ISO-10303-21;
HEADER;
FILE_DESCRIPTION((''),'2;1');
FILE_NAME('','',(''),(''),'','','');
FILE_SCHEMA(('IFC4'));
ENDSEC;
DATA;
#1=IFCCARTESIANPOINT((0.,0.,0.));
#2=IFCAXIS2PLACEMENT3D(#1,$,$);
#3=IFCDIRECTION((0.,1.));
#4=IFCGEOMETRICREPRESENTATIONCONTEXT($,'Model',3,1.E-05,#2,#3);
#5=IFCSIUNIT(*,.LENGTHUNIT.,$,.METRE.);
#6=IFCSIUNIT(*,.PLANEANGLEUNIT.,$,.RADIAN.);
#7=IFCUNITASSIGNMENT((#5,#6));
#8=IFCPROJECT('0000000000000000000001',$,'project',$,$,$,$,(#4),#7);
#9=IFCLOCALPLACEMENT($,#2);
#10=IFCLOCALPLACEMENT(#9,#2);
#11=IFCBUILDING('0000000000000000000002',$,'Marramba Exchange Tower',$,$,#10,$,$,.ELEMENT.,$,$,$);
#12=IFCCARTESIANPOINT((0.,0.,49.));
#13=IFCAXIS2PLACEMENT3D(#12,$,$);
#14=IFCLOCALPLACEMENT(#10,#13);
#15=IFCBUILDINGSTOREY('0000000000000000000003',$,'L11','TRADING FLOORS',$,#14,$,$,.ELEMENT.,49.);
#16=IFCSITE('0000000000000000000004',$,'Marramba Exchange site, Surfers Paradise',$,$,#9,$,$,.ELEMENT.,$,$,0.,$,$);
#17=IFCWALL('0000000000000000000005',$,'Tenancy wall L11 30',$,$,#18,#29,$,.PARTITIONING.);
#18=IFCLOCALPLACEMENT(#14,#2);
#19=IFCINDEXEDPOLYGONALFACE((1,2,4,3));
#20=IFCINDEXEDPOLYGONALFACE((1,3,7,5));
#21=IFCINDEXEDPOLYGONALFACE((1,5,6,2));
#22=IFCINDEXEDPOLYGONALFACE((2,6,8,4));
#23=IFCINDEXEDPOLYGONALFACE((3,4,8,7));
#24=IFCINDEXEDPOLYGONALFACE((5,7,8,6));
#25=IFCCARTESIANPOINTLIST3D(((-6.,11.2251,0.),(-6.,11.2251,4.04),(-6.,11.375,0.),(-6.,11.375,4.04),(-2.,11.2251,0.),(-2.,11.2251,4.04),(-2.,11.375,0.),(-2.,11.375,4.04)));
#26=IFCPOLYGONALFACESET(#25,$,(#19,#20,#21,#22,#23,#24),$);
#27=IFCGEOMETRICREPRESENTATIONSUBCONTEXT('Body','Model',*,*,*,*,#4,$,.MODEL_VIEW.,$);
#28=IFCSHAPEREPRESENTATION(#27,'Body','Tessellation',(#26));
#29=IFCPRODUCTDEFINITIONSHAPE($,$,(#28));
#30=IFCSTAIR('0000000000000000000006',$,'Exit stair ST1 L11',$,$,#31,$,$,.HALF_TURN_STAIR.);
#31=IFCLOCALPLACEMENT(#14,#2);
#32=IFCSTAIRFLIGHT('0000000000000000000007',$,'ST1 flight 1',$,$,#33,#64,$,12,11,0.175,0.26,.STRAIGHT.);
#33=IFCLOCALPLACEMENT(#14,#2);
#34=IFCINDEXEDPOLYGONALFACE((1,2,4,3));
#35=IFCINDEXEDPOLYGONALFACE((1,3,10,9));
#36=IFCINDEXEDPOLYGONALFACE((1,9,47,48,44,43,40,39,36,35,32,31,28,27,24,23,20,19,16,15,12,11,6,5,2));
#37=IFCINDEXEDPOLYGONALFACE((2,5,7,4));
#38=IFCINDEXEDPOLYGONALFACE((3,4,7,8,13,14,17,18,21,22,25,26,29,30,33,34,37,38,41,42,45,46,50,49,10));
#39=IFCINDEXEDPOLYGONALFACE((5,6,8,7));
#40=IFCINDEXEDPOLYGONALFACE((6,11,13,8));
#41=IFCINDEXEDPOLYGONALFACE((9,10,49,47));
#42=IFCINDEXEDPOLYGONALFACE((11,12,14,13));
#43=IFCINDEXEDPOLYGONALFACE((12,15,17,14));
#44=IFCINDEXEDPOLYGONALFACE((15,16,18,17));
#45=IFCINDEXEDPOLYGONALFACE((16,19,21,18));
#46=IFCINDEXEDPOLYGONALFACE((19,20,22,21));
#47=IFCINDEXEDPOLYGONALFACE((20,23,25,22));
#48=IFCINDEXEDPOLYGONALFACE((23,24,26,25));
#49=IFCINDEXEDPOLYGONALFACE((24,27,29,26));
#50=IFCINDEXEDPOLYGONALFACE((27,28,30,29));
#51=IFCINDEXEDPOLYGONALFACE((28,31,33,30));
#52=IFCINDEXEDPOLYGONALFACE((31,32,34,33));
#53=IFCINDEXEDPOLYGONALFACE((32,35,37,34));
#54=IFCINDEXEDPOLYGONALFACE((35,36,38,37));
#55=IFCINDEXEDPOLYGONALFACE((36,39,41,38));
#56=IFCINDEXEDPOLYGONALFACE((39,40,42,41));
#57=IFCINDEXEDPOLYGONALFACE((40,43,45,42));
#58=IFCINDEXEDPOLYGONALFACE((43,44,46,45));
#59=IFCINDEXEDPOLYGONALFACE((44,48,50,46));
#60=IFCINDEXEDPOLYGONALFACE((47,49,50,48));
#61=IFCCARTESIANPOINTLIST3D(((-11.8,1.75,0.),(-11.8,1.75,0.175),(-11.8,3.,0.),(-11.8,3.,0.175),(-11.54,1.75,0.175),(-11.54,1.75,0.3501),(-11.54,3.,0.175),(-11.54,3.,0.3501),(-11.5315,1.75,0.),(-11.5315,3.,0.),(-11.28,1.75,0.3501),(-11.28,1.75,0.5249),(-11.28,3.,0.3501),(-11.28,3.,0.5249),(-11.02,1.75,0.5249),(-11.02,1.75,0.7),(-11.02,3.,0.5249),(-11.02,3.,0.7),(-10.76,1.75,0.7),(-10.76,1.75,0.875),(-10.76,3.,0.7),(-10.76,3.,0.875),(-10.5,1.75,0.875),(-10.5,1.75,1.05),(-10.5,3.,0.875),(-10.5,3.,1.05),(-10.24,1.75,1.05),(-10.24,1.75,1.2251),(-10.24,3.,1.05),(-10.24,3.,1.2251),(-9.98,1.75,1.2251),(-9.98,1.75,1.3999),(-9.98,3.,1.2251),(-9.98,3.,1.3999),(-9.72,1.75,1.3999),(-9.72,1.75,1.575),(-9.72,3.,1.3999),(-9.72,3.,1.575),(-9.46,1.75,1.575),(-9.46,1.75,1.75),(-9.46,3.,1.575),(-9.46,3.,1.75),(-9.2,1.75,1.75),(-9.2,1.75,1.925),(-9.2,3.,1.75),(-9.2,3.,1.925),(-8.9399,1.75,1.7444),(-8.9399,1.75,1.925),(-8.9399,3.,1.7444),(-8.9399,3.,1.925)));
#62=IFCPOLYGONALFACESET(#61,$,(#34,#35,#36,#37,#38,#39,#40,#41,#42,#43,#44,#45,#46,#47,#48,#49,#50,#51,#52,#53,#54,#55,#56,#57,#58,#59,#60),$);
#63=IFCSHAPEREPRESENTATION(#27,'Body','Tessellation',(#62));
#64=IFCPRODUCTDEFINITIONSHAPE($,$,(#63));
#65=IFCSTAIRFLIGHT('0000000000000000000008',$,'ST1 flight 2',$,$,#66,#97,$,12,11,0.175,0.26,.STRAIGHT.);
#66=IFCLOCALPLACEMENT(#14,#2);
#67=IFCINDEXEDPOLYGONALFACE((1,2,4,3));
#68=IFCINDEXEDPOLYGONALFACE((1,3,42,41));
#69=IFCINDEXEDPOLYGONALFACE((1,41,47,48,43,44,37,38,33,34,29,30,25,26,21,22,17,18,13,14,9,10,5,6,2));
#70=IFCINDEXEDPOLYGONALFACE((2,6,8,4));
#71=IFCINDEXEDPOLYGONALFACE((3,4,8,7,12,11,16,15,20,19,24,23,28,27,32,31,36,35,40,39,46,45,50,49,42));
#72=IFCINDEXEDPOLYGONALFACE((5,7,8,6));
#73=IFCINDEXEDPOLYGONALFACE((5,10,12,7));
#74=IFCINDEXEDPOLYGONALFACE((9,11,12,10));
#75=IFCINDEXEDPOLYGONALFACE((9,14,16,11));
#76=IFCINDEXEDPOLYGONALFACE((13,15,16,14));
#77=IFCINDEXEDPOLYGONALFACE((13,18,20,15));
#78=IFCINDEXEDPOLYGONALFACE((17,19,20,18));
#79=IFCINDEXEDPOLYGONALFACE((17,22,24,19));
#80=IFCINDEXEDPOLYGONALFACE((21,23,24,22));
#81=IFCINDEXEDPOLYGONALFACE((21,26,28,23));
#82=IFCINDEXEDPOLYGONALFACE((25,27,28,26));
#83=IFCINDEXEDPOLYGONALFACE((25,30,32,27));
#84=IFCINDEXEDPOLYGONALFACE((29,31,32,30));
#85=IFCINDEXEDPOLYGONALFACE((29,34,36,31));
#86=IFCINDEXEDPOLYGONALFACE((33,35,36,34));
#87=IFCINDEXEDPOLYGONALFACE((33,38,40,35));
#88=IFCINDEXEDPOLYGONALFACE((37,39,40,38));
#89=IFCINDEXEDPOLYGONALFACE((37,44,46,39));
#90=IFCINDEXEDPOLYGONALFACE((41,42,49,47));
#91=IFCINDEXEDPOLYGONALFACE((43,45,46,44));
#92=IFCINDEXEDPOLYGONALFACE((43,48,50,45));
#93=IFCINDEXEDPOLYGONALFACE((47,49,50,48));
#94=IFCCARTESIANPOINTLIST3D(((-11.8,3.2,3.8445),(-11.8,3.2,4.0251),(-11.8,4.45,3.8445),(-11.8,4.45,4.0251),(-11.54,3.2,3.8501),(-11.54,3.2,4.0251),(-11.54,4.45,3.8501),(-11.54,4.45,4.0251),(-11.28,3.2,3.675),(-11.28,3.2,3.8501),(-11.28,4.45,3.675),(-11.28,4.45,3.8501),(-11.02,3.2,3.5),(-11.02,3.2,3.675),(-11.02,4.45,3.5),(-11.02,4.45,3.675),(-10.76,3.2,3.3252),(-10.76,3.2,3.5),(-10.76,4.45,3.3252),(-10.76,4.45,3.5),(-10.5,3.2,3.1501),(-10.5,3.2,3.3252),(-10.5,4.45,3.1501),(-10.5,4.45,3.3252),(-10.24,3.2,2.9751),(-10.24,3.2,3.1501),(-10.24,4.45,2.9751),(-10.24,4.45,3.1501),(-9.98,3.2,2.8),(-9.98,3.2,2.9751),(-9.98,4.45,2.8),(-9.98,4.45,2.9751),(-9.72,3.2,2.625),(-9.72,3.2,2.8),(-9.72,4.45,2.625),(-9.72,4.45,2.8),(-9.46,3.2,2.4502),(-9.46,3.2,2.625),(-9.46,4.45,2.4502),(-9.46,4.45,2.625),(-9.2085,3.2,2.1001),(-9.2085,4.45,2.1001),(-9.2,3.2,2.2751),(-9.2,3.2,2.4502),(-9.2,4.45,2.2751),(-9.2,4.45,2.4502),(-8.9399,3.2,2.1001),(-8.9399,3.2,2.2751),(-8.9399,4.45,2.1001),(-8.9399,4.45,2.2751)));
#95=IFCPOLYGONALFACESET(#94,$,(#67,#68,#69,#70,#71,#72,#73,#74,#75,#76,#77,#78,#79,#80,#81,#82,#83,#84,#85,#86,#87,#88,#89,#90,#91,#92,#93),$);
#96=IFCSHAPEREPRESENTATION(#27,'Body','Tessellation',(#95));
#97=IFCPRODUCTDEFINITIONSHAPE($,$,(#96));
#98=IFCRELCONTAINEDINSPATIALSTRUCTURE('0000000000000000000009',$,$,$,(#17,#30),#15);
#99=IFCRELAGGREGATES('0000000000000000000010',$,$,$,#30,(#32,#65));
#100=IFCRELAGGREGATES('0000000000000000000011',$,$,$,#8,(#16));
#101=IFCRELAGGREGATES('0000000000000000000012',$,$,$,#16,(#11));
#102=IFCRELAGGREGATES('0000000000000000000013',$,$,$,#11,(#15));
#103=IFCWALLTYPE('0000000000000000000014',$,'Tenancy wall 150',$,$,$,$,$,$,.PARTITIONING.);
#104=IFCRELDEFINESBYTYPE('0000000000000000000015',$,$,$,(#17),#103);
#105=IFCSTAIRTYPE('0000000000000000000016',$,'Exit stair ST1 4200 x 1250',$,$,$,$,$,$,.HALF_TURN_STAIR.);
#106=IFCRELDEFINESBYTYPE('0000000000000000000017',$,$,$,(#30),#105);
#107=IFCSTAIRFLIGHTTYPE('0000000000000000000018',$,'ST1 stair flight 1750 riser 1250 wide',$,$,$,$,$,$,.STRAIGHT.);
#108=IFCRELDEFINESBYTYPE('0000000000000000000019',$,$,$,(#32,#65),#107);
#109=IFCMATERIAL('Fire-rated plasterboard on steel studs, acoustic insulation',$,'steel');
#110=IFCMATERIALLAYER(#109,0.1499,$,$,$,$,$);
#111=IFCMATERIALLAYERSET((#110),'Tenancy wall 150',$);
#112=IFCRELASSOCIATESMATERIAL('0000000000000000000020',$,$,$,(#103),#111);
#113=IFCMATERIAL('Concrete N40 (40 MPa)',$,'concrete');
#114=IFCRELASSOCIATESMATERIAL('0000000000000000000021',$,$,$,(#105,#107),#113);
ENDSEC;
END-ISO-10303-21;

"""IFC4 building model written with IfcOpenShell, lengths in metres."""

from ifc_helpers import new_model, si_unit, direction, frame, frame_2d, origin, place, context, subcontext, project, spatial, polyline, rectangle, outline, extrude, material, layer, layer_set, type_object, element, aggregate, save


model = new_model("IFC4")

# Units and contexts
model_context = context("Model", 3, precision=1e-05, world=origin(), true_north=direction((0.0, 1.0)))
body_context = subcontext(model_context, "Body", "Model", "MODEL_VIEW")
ifc_project = project(units=[si_unit("LENGTHUNIT", "METRE"), si_unit("PLANEANGLEUNIT", "RADIAN")], contexts=[model_context])

# Site, building, storey
site_placement = place(None, origin())
site = spatial("IfcSite", under=ifc_project, at=site_placement, Name="Marramba Exchange site, Surfers Paradise", CompositionType="ELEMENT", RefElevation=0.0)
building_placement = place(site_placement, origin())
building = spatial("IfcBuilding", under=site, at=building_placement, Name="Marramba Exchange Tower", CompositionType="ELEMENT")
storey_placement = place(building_placement, frame((0.0, 0.0, 49.0)))
storey = spatial("IfcBuildingStorey", under=building, at=storey_placement, Name="L11", Description="TRADING FLOORS", CompositionType="ELEMENT", Elevation=49.0)

# Wall
ifc_material_1 = material(Name="Fire-rated plasterboard on steel studs, acoustic insulation", Category="steel")
ifc_layer_1 = layer(ifc_material_1, 0.1499)
ifc_layer_set_1 = layer_set([ifc_layer_1], Name="Tenancy wall 150")
wall_type_1 = type_object("IfcWallType", Name="Tenancy wall 150", PredefinedType="PARTITIONING", material=ifc_layer_set_1)
wall_1_placement = place(storey_placement, frame((-2.0, 11.3, 0.0), z_axis=(0.0, 0.0, 1.0), x_axis=(-1.0, 0.0, 0.0)))
element("IfcWall", 1, at=wall_1_placement, inside=storey, type_object=wall_type_1, Name="Tenancy wall L11 30", PredefinedType="PARTITIONING", context=body_context, shape_type="SweptSolid", body=[
    extrude(rectangle(XDim=4.0, YDim=0.1499, at=frame_2d((2.0, 0.0))), origin(), (0.0, 0.0, 1.0), 4.04),
])

# Stair, stair flights
ifc_material_2 = material(Name="Concrete N40 (40 MPa)", Category="concrete")
stair_type = type_object("IfcStairType", Name="Exit stair ST1 4200 x 1250", PredefinedType="HALF_TURN_STAIR", material=ifc_material_2)
stair_placement = place(storey_placement, origin())
stair = element("IfcStair", 2, at=stair_placement, inside=storey, type_object=stair_type, Name="Exit stair ST1 L11", PredefinedType="HALF_TURN_STAIR")
stair_flight_type = type_object("IfcStairFlightType", Name="ST1 stair flight 1750 riser 1250 wide", PredefinedType="STRAIGHT", material=ifc_material_2)
stair_flight_1_placement = place(storey_placement, frame((-11.8, 2.375, 0.0), z_axis=(0.0, 0.0, 1.0), x_axis=(1.0, 0.0, 0.0)))
stair_flight_1 = element("IfcStairFlight", 3, at=stair_flight_1_placement, type_object=stair_flight_type, Name="ST1 flight 1", NumberOfRisers=12, NumberOfTreads=11, PredefinedType="STRAIGHT", RiserHeight=0.175, TreadLength=0.26, context=body_context, shape_type="SweptSolid", body=[
    extrude(outline(polyline([(0.0, 0.0), (0.0, 0.175), (0.26, 0.175), (0.26, 0.3501), (0.52, 0.3501), (0.52, 0.5249), (0.78, 0.5249), (0.78, 0.7), (1.04, 0.7), (1.04, 0.875), (1.3, 0.875), (1.3, 1.05), (1.5601, 1.05), (1.5601, 1.2251), (1.8201, 1.2251), (1.8201, 1.3999), (2.0801, 1.3999), (2.0801, 1.575), (2.3401, 1.575), (2.3401, 1.75), (2.6001, 1.75), (2.6001, 1.925), (2.8601, 1.925), (2.8601, 2.1001), (2.8601, 1.7444), (0.2686, 0.0), (0.0, 0.0)])), frame((0.0, 0.625, 0.0), z_axis=(0.0, -1.0, 0.0), x_axis=(1.0, 0.0, 0.0)), (0.0, 0.0, 1.0), 1.25),
])
stair_flight_2_placement = place(storey_placement, frame((-8.9399, 3.825, 2.1001), z_axis=(0.0, 0.0, 1.0), x_axis=(-1.0, 0.0, 0.0)))
stair_flight_2 = element("IfcStairFlight", 4, at=stair_flight_2_placement, type_object=stair_flight_type, Name="ST1 flight 2", NumberOfRisers=12, NumberOfTreads=11, PredefinedType="STRAIGHT", RiserHeight=0.175, TreadLength=0.26, context=body_context, shape_type="SweptSolid", body=[
    extrude(outline(polyline([(0.0, 0.0), (0.0, 0.175), (0.26, 0.175), (0.26, 0.3501), (0.52, 0.3501), (0.52, 0.5249), (0.78, 0.5249), (0.78, 0.7), (1.04, 0.7), (1.04, 0.875), (1.3, 0.875), (1.3, 1.05), (1.5601, 1.05), (1.5601, 1.2251), (1.8201, 1.2251), (1.8201, 1.3999), (2.0801, 1.3999), (2.0801, 1.575), (2.3401, 1.575), (2.3401, 1.75), (2.6001, 1.75), (2.6001, 1.925), (2.8601, 1.925), (2.8601, 2.1001), (2.8601, 1.7444), (0.2686, 0.0), (0.0, 0.0)])), frame((0.0, 0.625, 0.0), z_axis=(0.0, -1.0, 0.0), x_axis=(1.0, 0.0, 0.0)), (0.0, 0.0, 1.0), 1.25),
])
aggregate(stair, [stair_flight_1, stair_flight_2])

save(model, "model.ifc")
